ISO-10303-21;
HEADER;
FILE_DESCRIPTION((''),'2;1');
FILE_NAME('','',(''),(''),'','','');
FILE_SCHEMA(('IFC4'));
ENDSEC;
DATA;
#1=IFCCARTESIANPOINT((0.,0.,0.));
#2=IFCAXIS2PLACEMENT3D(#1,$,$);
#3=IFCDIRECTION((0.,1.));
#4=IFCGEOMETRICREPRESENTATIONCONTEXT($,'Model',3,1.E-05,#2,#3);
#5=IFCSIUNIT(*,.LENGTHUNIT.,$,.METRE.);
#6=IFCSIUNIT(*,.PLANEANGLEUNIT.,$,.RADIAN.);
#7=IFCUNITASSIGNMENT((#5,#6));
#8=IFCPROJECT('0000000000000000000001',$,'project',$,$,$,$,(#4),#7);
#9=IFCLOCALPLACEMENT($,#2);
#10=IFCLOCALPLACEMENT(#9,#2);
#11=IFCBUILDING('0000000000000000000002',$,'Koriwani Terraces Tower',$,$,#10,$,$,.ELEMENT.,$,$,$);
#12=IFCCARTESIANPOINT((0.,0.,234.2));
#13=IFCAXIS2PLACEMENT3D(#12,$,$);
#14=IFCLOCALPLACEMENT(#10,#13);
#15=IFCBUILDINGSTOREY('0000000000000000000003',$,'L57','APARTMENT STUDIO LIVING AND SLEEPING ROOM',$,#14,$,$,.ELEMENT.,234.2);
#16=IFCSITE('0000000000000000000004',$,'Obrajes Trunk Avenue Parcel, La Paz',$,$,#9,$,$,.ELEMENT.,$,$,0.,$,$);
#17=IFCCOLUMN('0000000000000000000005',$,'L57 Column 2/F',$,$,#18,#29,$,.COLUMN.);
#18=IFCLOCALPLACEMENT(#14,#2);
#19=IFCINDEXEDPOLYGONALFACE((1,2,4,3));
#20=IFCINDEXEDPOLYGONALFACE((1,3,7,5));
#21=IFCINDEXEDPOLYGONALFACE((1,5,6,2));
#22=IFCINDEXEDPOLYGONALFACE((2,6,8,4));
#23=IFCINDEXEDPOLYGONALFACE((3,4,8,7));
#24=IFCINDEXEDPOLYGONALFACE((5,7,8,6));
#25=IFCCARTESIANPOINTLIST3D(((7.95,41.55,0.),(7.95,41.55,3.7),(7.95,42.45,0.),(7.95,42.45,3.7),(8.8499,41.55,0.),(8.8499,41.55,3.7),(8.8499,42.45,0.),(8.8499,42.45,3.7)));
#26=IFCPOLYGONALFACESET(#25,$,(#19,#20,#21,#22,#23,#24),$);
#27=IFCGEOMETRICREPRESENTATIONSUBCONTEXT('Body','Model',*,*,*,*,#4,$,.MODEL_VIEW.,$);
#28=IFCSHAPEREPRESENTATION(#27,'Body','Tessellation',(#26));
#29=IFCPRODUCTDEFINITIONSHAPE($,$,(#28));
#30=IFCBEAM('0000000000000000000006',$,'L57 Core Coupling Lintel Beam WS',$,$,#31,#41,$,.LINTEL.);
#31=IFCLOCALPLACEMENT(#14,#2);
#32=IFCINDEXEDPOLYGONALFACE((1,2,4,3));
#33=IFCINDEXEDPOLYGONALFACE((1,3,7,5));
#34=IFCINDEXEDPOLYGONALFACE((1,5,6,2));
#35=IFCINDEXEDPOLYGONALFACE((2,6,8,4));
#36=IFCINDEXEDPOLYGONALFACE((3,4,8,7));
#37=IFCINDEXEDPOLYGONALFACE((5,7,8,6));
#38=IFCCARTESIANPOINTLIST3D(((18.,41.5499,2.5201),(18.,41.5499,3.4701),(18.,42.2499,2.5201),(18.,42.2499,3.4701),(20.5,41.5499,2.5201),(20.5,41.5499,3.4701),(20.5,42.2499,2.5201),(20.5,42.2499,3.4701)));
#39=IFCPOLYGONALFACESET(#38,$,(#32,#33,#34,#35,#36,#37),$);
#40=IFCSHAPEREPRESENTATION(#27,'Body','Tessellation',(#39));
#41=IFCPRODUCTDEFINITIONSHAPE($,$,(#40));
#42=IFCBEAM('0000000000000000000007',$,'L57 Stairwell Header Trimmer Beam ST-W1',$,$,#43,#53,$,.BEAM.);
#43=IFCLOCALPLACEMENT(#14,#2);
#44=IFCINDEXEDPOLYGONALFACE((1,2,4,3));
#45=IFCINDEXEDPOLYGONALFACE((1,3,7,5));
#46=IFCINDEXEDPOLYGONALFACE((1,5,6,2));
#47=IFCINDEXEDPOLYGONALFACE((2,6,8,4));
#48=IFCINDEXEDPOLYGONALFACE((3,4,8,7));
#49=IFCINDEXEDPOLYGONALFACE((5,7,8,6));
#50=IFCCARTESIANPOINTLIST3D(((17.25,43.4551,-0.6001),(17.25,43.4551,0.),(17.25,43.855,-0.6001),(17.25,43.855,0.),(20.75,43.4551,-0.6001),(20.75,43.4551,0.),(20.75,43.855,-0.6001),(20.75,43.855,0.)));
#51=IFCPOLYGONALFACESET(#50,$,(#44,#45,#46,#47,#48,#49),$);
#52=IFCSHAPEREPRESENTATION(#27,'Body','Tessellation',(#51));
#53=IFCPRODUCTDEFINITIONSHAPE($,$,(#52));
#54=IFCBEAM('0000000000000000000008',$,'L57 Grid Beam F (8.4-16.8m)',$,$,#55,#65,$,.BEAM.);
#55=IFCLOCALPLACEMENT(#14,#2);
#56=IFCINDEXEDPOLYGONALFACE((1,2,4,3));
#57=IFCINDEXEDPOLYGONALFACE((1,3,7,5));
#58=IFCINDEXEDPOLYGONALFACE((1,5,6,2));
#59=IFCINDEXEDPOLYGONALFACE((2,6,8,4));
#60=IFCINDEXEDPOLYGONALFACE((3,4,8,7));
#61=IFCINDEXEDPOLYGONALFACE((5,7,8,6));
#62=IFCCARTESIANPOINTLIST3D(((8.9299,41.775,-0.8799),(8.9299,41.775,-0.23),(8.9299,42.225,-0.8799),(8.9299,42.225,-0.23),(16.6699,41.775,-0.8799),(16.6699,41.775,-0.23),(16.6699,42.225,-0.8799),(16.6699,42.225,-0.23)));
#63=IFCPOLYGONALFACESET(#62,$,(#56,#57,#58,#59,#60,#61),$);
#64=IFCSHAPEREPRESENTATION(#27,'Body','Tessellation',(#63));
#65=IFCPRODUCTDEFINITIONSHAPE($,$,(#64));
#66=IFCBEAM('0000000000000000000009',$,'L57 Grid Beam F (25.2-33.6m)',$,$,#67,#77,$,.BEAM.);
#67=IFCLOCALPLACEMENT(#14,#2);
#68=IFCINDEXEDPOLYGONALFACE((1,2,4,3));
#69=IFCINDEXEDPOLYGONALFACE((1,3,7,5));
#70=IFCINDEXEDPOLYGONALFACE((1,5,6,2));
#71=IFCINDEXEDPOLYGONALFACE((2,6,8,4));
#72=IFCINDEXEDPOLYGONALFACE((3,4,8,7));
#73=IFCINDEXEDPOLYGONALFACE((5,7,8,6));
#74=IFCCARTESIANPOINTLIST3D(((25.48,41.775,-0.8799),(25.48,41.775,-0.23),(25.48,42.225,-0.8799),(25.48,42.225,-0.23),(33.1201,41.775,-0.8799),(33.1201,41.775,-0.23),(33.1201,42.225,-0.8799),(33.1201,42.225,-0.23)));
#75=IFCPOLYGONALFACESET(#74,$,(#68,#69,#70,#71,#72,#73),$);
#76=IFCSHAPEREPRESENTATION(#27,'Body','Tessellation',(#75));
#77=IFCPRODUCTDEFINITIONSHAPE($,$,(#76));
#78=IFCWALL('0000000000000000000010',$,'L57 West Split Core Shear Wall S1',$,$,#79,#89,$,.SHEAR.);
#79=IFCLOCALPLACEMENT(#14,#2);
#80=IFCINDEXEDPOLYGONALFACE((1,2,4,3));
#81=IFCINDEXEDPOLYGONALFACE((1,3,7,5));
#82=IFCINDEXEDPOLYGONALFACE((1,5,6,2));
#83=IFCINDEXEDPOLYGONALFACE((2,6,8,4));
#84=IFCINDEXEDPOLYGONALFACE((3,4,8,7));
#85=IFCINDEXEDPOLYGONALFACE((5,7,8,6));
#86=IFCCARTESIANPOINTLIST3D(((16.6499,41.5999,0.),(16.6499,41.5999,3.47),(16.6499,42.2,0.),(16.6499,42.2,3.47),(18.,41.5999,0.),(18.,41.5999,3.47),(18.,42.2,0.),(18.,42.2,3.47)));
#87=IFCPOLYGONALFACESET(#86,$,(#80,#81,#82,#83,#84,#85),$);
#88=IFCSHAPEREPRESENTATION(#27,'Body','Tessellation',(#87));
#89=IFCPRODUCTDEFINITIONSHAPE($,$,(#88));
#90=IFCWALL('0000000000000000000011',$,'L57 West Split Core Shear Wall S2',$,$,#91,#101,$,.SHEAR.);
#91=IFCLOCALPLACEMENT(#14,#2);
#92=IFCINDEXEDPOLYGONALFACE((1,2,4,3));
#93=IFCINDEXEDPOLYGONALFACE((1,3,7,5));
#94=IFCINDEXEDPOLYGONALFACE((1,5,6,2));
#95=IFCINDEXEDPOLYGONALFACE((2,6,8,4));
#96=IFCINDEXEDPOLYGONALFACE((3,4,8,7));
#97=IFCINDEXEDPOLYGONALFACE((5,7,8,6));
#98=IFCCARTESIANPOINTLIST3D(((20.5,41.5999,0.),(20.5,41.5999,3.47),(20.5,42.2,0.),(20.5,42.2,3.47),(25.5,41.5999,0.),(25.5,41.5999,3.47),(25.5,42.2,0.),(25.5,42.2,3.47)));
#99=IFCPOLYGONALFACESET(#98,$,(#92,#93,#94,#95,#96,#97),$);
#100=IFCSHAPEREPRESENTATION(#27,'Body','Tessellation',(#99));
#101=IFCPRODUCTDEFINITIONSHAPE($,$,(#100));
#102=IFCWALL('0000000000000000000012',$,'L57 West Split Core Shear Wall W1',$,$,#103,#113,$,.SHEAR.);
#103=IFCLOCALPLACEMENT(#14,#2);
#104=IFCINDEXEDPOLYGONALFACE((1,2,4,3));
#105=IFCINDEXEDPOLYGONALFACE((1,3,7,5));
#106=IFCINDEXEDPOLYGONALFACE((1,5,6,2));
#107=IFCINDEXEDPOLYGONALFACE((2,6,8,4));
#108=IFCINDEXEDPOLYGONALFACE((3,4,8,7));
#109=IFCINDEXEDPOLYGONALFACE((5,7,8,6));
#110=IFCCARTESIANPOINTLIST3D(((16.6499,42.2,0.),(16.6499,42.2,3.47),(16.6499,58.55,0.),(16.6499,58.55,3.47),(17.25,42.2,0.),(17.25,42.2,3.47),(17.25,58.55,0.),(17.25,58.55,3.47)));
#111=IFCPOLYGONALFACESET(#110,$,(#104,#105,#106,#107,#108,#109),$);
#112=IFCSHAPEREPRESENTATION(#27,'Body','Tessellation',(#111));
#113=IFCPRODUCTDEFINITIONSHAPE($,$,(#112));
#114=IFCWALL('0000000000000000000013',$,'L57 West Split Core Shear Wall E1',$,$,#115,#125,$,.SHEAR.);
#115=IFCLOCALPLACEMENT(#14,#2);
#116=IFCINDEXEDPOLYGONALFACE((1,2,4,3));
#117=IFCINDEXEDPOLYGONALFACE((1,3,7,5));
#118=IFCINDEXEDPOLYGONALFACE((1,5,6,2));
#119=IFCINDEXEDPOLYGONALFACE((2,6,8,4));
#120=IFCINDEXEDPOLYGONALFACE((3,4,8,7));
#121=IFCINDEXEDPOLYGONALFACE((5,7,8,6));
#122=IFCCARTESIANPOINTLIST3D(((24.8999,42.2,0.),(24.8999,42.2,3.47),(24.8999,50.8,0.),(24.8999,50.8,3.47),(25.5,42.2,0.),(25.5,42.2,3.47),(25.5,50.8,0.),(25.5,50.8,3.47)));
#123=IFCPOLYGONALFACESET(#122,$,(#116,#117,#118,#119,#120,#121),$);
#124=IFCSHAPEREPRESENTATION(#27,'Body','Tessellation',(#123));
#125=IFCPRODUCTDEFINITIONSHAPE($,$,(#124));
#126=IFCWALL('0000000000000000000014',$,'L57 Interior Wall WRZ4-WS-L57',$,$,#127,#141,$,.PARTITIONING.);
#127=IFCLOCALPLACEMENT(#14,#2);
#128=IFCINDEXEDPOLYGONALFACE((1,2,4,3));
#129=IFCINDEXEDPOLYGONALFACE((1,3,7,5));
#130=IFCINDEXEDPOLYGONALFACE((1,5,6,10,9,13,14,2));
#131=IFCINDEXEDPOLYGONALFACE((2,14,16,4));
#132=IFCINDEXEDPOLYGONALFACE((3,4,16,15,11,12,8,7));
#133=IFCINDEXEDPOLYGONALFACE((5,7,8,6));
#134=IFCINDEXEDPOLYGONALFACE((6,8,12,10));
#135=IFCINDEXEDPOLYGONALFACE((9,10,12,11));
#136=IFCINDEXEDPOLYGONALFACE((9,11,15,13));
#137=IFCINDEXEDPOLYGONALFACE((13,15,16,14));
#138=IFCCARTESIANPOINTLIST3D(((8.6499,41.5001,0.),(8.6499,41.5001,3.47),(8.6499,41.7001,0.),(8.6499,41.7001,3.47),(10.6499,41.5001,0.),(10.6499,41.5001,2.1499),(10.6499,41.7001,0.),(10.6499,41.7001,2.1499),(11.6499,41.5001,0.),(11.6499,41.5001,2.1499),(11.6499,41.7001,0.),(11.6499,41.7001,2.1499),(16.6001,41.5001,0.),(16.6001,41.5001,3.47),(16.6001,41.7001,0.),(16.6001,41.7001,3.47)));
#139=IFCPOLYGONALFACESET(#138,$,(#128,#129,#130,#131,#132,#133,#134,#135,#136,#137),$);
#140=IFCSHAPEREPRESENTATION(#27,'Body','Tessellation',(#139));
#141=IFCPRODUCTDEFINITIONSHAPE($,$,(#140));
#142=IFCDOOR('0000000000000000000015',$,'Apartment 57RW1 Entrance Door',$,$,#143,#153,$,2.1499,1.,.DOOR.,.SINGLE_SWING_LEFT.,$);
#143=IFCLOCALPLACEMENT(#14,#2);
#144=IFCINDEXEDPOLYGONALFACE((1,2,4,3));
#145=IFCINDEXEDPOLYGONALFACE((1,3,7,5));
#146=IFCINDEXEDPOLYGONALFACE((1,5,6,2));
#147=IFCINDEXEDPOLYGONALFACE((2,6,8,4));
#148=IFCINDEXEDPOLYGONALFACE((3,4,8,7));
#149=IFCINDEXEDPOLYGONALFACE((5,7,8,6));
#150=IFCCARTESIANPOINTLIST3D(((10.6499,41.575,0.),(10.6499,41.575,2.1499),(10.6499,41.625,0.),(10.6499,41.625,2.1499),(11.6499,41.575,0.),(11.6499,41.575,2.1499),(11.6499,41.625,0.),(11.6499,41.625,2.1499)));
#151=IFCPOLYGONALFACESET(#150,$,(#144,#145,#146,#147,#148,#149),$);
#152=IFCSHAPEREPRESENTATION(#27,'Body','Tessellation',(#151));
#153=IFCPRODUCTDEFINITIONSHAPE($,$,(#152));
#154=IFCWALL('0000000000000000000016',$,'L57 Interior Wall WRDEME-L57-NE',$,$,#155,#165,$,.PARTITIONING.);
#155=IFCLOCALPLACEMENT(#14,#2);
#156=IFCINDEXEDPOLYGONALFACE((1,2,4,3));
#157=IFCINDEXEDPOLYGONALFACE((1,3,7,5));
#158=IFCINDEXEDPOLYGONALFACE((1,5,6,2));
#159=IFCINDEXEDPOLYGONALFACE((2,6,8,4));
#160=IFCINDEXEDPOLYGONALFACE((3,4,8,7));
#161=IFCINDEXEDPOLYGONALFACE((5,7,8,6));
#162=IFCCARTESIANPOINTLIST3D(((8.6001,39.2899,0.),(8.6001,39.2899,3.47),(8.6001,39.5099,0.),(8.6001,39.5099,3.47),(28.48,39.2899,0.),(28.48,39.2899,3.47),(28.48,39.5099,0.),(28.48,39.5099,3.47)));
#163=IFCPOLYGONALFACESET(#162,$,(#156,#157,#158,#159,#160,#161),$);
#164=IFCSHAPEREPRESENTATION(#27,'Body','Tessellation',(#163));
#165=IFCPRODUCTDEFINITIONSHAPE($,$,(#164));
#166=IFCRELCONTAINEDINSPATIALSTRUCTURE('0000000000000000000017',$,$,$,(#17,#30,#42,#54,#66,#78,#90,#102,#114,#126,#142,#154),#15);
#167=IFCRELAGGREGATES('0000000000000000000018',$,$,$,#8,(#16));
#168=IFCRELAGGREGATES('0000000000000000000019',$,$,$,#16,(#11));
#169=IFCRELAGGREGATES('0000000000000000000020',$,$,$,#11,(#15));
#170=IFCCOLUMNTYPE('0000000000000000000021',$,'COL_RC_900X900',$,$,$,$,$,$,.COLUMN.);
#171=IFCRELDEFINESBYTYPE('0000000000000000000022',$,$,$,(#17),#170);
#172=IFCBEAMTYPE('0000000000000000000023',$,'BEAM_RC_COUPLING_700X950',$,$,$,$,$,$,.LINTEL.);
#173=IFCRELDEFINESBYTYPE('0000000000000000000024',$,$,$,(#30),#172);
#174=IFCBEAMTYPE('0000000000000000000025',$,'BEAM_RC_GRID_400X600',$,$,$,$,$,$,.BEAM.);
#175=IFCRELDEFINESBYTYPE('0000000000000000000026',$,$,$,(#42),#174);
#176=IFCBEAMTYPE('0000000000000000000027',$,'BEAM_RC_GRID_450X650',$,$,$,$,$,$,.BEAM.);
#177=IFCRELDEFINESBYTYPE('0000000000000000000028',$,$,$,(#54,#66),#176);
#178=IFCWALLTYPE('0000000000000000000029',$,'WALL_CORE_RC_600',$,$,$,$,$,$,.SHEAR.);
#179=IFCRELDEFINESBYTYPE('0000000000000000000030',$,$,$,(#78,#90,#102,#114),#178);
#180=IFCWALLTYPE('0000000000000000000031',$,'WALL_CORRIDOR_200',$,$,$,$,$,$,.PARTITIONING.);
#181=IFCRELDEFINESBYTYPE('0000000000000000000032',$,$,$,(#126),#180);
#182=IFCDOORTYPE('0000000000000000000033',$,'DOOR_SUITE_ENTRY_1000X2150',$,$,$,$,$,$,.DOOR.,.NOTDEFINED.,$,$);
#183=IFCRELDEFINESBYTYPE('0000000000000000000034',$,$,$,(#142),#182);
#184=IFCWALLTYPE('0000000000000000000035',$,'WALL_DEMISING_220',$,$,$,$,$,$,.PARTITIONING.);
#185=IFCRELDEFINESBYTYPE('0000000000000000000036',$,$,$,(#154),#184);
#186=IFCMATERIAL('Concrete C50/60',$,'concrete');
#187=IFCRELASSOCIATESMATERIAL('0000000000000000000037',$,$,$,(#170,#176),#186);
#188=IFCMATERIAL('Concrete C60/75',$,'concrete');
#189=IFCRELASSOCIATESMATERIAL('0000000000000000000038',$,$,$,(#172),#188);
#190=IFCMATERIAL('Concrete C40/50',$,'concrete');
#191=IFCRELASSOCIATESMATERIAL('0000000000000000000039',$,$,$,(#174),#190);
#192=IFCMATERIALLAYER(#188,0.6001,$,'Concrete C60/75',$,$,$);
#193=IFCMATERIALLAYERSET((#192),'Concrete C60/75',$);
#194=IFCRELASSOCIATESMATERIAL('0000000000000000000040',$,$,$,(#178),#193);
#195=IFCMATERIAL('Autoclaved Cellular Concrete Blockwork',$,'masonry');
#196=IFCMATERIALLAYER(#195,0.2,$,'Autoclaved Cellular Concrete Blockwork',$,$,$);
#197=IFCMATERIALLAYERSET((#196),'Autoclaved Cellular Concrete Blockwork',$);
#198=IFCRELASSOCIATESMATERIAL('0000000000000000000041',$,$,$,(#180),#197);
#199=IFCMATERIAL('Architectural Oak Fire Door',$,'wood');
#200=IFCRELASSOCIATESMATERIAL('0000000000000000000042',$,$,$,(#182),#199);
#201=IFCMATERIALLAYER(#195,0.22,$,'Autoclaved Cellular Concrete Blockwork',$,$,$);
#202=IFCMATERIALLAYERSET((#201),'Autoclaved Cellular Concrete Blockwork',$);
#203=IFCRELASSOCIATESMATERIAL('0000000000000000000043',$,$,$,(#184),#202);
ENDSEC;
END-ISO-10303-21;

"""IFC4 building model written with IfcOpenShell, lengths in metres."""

from ifc_helpers import new_model, si_unit, direction, frame, frame_2d, origin, origin_2d, place, context, subcontext, project, spatial, rectangle, extrude, material, layer, layer_set, material_profile, profile_set, type_object, element, fill, save


model = new_model("IFC4")

# Units and contexts
model_context = context("Model", 3, precision=1e-05, world=origin(), true_north=direction((0.0, 1.0)))
body_context = subcontext(model_context, "Body", "Model", "MODEL_VIEW")
ifc_project = project(units=[si_unit("LENGTHUNIT", "METRE"), si_unit("PLANEANGLEUNIT", "RADIAN")], contexts=[model_context])

# Site, building, storey
site_placement = place(None, origin())
site = spatial("IfcSite", under=ifc_project, at=site_placement, Name="Obrajes Trunk Avenue Parcel, La Paz", CompositionType="ELEMENT", RefElevation=0.0)
building_placement = place(site_placement, origin())
building = spatial("IfcBuilding", under=site, at=building_placement, Name="Koriwani Terraces Tower", CompositionType="ELEMENT")
storey_placement = place(building_placement, frame((0.0, 0.0, 234.2)))
storey = spatial("IfcBuildingStorey", under=building, at=storey_placement, Name="L57", Description="APARTMENT STUDIO LIVING AND SLEEPING ROOM", CompositionType="ELEMENT", Elevation=234.2)

# Column
ifc_material_1 = material(Name="Concrete C50/60", Category="concrete")
ifc_material_profile_1 = material_profile(ifc_material_1, rectangle(XDim=0.8999, YDim=0.8999, at=origin_2d()), Name="Concrete C50/60", Category="LoadBearing")
ifc_profile_set_1 = profile_set([ifc_material_profile_1], Name="Concrete C50/60")
column_type = type_object("IfcColumnType", Name="COL_RC_900X900", PredefinedType="COLUMN", material=ifc_profile_set_1)
column_placement = place(storey_placement, frame((8.3999, 42.0, 0.0), z_axis=(0.0, 0.0, 1.0), x_axis=(1.0, 0.0, 0.0)))
element("IfcColumn", 1, at=column_placement, inside=storey, type_object=column_type, Name="L57 Column 2/F", PredefinedType="COLUMN", context=body_context, shape_type="SweptSolid", body=[
    extrude(rectangle(XDim=0.8999, YDim=0.8999, at=origin_2d()), origin(), (0.0, 0.0, 1.0), 3.7),
])

# Beams
ifc_material_2 = material(Name="Concrete C60/75", Category="concrete")
ifc_material_profile_2 = material_profile(ifc_material_2, rectangle(XDim=0.7, YDim=0.95, at=origin_2d()), Name="Concrete C60/75", Category="LoadBearing")
ifc_profile_set_2 = profile_set([ifc_material_profile_2], Name="Concrete C60/75")
beam_type_1 = type_object("IfcBeamType", Name="BEAM_RC_COUPLING_700X950", PredefinedType="LINTEL", material=ifc_profile_set_2)
beam_1_placement = place(storey_placement, frame((18.0, 41.8999, 2.9951), z_axis=(1.0, 0.0, 0.0), x_axis=(0.0, 1.0, 0.0)))
element("IfcBeam", 2, at=beam_1_placement, inside=storey, type_object=beam_type_1, Name="L57 Core Coupling Lintel Beam WS", PredefinedType="LINTEL", context=body_context, shape_type="SweptSolid", body=[
    extrude(rectangle(XDim=0.7, YDim=0.95, at=origin_2d()), origin(), (0.0, 0.0, 1.0), 2.5),
])
ifc_material_3 = material(Name="Concrete C40/50", Category="concrete")
ifc_material_profile_3 = material_profile(ifc_material_3, rectangle(XDim=0.3999, YDim=0.6001, at=origin_2d()), Name="Concrete C40/50", Category="LoadBearing")
ifc_profile_set_3 = profile_set([ifc_material_profile_3], Name="Concrete C40/50")
beam_type_2 = type_object("IfcBeamType", Name="BEAM_RC_GRID_400X600", PredefinedType="BEAM", material=ifc_profile_set_3)
beam_2_placement = place(storey_placement, frame((17.25, 43.655, -0.3), z_axis=(1.0, 0.0, 0.0), x_axis=(0.0, 1.0, 0.0)))
element("IfcBeam", 3, at=beam_2_placement, inside=storey, type_object=beam_type_2, Name="L57 Stairwell Header Trimmer Beam ST-W1", PredefinedType="BEAM", context=body_context, shape_type="SweptSolid", body=[
    extrude(rectangle(XDim=0.3999, YDim=0.6001, at=origin_2d()), origin(), (0.0, 0.0, 1.0), 3.5),
])
ifc_material_profile_4 = material_profile(ifc_material_1, rectangle(XDim=0.45, YDim=0.6499, at=origin_2d()), Name="Concrete C50/60", Category="LoadBearing")
ifc_profile_set_4 = profile_set([ifc_material_profile_4], Name="Concrete C50/60")
beam_type_3 = type_object("IfcBeamType", Name="BEAM_RC_GRID_450X650", PredefinedType="BEAM", material=ifc_profile_set_4)
beam_3_placement = place(storey_placement, frame((8.9299, 42.0, -0.5549), z_axis=(1.0, 0.0, 0.0), x_axis=(0.0, 1.0, 0.0)))
element("IfcBeam", 4, at=beam_3_placement, inside=storey, type_object=beam_type_3, Name="L57 Grid Beam F (8.4-16.8m)", PredefinedType="BEAM", context=body_context, shape_type="SweptSolid", body=[
    extrude(rectangle(XDim=0.45, YDim=0.6499, at=origin_2d()), origin(), (0.0, 0.0, 1.0), 7.74),
])
beam_4_placement = place(storey_placement, frame((25.48, 42.0, -0.5549), z_axis=(1.0, 0.0, 0.0), x_axis=(0.0, 1.0, 0.0)))
element("IfcBeam", 5, at=beam_4_placement, inside=storey, type_object=beam_type_3, Name="L57 Grid Beam F (25.2-33.6m)", PredefinedType="BEAM", context=body_context, shape_type="SweptSolid", body=[
    extrude(rectangle(XDim=0.45, YDim=0.6499, at=origin_2d()), origin(), (0.0, 0.0, 1.0), 7.6401),
])

# Walls
ifc_layer_1 = layer(ifc_material_2, 0.6001, Name="Concrete C60/75")
ifc_layer_set_1 = layer_set([ifc_layer_1], Name="Concrete C60/75")
wall_type_1 = type_object("IfcWallType", Name="WALL_CORE_RC_600", PredefinedType="SHEAR", material=ifc_layer_set_1)
wall_1_placement = place(storey_placement, frame((16.6499, 41.8999, 0.0), z_axis=(0.0, 0.0, 1.0), x_axis=(1.0, 0.0, 0.0)))
element("IfcWall", 6, at=wall_1_placement, inside=storey, type_object=wall_type_1, Name="L57 West Split Core Shear Wall S1", PredefinedType="SHEAR", context=body_context, shape_type="SweptSolid", body=[
    extrude(rectangle(XDim=1.3501, YDim=0.6001, at=frame_2d((0.675, 0.0))), origin(), (0.0, 0.0, 1.0), 3.47),
])
wall_2_placement = place(storey_placement, frame((20.5, 41.8999, 0.0), z_axis=(0.0, 0.0, 1.0), x_axis=(1.0, 0.0, 0.0)))
element("IfcWall", 7, at=wall_2_placement, inside=storey, type_object=wall_type_1, Name="L57 West Split Core Shear Wall S2", PredefinedType="SHEAR", context=body_context, shape_type="SweptSolid", body=[
    extrude(rectangle(XDim=5.0, YDim=0.6001, at=frame_2d((2.5, 0.0))), origin(), (0.0, 0.0, 1.0), 3.47),
])
wall_3_placement = place(storey_placement, frame((16.95, 42.2, 0.0), z_axis=(0.0, 0.0, 1.0), x_axis=(0.0, 1.0, 0.0)))
element("IfcWall", 8, at=wall_3_placement, inside=storey, type_object=wall_type_1, Name="L57 West Split Core Shear Wall W1", PredefinedType="SHEAR", context=body_context, shape_type="SweptSolid", body=[
    extrude(rectangle(XDim=16.3501, YDim=0.6001, at=frame_2d((8.175, 0.0))), origin(), (0.0, 0.0, 1.0), 3.47),
])
wall_4_placement = place(storey_placement, frame((25.2, 42.2, 0.0), z_axis=(0.0, 0.0, 1.0), x_axis=(0.0, 1.0, 0.0)))
element("IfcWall", 9, at=wall_4_placement, inside=storey, type_object=wall_type_1, Name="L57 West Split Core Shear Wall E1", PredefinedType="SHEAR", context=body_context, shape_type="SweptSolid", body=[
    extrude(rectangle(XDim=8.6001, YDim=0.6001, at=frame_2d((4.3, 0.0))), origin(), (0.0, 0.0, 1.0), 3.47),
])

# Wall, opening, door
ifc_material_4 = material(Name="Autoclaved Cellular Concrete Blockwork", Category="masonry")
ifc_layer_2 = layer(ifc_material_4, 0.2, Name="Autoclaved Cellular Concrete Blockwork")
ifc_layer_set_2 = layer_set([ifc_layer_2], Name="Autoclaved Cellular Concrete Blockwork")
wall_type_2 = type_object("IfcWallType", Name="WALL_CORRIDOR_200", PredefinedType="PARTITIONING", material=ifc_layer_set_2)
wall_5_placement = place(storey_placement, frame((8.6499, 41.6001, 0.0), z_axis=(0.0, 0.0, 1.0), x_axis=(1.0, 0.0, 0.0)))
wall_5 = element("IfcWall", 10, at=wall_5_placement, inside=storey, type_object=wall_type_2, Name="L57 Interior Wall WRZ4-WS-L57", PredefinedType="PARTITIONING", context=body_context, shape_type="SweptSolid", body=[
    extrude(rectangle(XDim=7.9502, YDim=0.2, at=frame_2d((3.9751, 0.0))), origin(), (0.0, 0.0, 1.0), 3.47),
])
opening_1_placement = place(wall_5_placement, frame((2.0, 0.0, 0.0)))
opening_1 = element("IfcOpeningElement", 11, at=opening_1_placement, cuts=wall_5, PredefinedType="OPENING", context=body_context, shape_type="SweptSolid", body=[
    extrude(rectangle(XDim=1.0, YDim=2.1499, at=frame_2d((0.5, 1.075))), frame((0.0, 0.1099, 0.0), z_axis=(0.0, -1.0, 0.0), x_axis=(1.0, 0.0, 0.0)), (0.0, 0.0, 1.0), 0.22),
])
ifc_material_5 = material(Name="Architectural Oak Fire Door", Category="wood")
door_type_1 = type_object("IfcDoorType", Name="DOOR_SUITE_ENTRY_1000X2150", OperationType="NOTDEFINED", PredefinedType="DOOR", material=ifc_material_5)
door_1_placement = place(opening_1_placement, origin())
door_1 = element("IfcDoor", 12, at=door_1_placement, inside=storey, type_object=door_type_1, Name="Apartment 57RW1 Entrance Door", OperationType="SINGLE_SWING_LEFT", OverallHeight=2.1499, OverallWidth=1.0, PredefinedType="DOOR", context=body_context, shape_type="SweptSolid", body=[
    extrude(rectangle(XDim=1.0, YDim=2.1499, at=frame_2d((0.5, 1.075))), frame((0.0, 0.0249, 0.0), z_axis=(0.0, -1.0, 0.0), x_axis=(1.0, 0.0, 0.0)), (0.0, 0.0, 1.0), 0.05),
])
fill(opening_1, door_1)

# Wall
ifc_layer_3 = layer(ifc_material_4, 0.22, Name="Autoclaved Cellular Concrete Blockwork")
ifc_layer_set_3 = layer_set([ifc_layer_3], Name="Autoclaved Cellular Concrete Blockwork")
wall_type_3 = type_object("IfcWallType", Name="WALL_DEMISING_220", PredefinedType="PARTITIONING", material=ifc_layer_set_3)
wall_6_placement = place(storey_placement, frame((8.6001, 39.3999, 0.0), z_axis=(0.0, 0.0, 1.0), x_axis=(1.0, 0.0, 0.0)))
element("IfcWall", 13, at=wall_6_placement, inside=storey, type_object=wall_type_3, Name="L57 Interior Wall WRDEME-L57-NE", PredefinedType="PARTITIONING", context=body_context, shape_type="SweptSolid", body=[
    extrude(rectangle(XDim=19.8799, YDim=0.22, at=frame_2d((9.9399, 0.0))), origin(), (0.0, 0.0, 1.0), 3.47),
])

save(model, "model.ifc")
